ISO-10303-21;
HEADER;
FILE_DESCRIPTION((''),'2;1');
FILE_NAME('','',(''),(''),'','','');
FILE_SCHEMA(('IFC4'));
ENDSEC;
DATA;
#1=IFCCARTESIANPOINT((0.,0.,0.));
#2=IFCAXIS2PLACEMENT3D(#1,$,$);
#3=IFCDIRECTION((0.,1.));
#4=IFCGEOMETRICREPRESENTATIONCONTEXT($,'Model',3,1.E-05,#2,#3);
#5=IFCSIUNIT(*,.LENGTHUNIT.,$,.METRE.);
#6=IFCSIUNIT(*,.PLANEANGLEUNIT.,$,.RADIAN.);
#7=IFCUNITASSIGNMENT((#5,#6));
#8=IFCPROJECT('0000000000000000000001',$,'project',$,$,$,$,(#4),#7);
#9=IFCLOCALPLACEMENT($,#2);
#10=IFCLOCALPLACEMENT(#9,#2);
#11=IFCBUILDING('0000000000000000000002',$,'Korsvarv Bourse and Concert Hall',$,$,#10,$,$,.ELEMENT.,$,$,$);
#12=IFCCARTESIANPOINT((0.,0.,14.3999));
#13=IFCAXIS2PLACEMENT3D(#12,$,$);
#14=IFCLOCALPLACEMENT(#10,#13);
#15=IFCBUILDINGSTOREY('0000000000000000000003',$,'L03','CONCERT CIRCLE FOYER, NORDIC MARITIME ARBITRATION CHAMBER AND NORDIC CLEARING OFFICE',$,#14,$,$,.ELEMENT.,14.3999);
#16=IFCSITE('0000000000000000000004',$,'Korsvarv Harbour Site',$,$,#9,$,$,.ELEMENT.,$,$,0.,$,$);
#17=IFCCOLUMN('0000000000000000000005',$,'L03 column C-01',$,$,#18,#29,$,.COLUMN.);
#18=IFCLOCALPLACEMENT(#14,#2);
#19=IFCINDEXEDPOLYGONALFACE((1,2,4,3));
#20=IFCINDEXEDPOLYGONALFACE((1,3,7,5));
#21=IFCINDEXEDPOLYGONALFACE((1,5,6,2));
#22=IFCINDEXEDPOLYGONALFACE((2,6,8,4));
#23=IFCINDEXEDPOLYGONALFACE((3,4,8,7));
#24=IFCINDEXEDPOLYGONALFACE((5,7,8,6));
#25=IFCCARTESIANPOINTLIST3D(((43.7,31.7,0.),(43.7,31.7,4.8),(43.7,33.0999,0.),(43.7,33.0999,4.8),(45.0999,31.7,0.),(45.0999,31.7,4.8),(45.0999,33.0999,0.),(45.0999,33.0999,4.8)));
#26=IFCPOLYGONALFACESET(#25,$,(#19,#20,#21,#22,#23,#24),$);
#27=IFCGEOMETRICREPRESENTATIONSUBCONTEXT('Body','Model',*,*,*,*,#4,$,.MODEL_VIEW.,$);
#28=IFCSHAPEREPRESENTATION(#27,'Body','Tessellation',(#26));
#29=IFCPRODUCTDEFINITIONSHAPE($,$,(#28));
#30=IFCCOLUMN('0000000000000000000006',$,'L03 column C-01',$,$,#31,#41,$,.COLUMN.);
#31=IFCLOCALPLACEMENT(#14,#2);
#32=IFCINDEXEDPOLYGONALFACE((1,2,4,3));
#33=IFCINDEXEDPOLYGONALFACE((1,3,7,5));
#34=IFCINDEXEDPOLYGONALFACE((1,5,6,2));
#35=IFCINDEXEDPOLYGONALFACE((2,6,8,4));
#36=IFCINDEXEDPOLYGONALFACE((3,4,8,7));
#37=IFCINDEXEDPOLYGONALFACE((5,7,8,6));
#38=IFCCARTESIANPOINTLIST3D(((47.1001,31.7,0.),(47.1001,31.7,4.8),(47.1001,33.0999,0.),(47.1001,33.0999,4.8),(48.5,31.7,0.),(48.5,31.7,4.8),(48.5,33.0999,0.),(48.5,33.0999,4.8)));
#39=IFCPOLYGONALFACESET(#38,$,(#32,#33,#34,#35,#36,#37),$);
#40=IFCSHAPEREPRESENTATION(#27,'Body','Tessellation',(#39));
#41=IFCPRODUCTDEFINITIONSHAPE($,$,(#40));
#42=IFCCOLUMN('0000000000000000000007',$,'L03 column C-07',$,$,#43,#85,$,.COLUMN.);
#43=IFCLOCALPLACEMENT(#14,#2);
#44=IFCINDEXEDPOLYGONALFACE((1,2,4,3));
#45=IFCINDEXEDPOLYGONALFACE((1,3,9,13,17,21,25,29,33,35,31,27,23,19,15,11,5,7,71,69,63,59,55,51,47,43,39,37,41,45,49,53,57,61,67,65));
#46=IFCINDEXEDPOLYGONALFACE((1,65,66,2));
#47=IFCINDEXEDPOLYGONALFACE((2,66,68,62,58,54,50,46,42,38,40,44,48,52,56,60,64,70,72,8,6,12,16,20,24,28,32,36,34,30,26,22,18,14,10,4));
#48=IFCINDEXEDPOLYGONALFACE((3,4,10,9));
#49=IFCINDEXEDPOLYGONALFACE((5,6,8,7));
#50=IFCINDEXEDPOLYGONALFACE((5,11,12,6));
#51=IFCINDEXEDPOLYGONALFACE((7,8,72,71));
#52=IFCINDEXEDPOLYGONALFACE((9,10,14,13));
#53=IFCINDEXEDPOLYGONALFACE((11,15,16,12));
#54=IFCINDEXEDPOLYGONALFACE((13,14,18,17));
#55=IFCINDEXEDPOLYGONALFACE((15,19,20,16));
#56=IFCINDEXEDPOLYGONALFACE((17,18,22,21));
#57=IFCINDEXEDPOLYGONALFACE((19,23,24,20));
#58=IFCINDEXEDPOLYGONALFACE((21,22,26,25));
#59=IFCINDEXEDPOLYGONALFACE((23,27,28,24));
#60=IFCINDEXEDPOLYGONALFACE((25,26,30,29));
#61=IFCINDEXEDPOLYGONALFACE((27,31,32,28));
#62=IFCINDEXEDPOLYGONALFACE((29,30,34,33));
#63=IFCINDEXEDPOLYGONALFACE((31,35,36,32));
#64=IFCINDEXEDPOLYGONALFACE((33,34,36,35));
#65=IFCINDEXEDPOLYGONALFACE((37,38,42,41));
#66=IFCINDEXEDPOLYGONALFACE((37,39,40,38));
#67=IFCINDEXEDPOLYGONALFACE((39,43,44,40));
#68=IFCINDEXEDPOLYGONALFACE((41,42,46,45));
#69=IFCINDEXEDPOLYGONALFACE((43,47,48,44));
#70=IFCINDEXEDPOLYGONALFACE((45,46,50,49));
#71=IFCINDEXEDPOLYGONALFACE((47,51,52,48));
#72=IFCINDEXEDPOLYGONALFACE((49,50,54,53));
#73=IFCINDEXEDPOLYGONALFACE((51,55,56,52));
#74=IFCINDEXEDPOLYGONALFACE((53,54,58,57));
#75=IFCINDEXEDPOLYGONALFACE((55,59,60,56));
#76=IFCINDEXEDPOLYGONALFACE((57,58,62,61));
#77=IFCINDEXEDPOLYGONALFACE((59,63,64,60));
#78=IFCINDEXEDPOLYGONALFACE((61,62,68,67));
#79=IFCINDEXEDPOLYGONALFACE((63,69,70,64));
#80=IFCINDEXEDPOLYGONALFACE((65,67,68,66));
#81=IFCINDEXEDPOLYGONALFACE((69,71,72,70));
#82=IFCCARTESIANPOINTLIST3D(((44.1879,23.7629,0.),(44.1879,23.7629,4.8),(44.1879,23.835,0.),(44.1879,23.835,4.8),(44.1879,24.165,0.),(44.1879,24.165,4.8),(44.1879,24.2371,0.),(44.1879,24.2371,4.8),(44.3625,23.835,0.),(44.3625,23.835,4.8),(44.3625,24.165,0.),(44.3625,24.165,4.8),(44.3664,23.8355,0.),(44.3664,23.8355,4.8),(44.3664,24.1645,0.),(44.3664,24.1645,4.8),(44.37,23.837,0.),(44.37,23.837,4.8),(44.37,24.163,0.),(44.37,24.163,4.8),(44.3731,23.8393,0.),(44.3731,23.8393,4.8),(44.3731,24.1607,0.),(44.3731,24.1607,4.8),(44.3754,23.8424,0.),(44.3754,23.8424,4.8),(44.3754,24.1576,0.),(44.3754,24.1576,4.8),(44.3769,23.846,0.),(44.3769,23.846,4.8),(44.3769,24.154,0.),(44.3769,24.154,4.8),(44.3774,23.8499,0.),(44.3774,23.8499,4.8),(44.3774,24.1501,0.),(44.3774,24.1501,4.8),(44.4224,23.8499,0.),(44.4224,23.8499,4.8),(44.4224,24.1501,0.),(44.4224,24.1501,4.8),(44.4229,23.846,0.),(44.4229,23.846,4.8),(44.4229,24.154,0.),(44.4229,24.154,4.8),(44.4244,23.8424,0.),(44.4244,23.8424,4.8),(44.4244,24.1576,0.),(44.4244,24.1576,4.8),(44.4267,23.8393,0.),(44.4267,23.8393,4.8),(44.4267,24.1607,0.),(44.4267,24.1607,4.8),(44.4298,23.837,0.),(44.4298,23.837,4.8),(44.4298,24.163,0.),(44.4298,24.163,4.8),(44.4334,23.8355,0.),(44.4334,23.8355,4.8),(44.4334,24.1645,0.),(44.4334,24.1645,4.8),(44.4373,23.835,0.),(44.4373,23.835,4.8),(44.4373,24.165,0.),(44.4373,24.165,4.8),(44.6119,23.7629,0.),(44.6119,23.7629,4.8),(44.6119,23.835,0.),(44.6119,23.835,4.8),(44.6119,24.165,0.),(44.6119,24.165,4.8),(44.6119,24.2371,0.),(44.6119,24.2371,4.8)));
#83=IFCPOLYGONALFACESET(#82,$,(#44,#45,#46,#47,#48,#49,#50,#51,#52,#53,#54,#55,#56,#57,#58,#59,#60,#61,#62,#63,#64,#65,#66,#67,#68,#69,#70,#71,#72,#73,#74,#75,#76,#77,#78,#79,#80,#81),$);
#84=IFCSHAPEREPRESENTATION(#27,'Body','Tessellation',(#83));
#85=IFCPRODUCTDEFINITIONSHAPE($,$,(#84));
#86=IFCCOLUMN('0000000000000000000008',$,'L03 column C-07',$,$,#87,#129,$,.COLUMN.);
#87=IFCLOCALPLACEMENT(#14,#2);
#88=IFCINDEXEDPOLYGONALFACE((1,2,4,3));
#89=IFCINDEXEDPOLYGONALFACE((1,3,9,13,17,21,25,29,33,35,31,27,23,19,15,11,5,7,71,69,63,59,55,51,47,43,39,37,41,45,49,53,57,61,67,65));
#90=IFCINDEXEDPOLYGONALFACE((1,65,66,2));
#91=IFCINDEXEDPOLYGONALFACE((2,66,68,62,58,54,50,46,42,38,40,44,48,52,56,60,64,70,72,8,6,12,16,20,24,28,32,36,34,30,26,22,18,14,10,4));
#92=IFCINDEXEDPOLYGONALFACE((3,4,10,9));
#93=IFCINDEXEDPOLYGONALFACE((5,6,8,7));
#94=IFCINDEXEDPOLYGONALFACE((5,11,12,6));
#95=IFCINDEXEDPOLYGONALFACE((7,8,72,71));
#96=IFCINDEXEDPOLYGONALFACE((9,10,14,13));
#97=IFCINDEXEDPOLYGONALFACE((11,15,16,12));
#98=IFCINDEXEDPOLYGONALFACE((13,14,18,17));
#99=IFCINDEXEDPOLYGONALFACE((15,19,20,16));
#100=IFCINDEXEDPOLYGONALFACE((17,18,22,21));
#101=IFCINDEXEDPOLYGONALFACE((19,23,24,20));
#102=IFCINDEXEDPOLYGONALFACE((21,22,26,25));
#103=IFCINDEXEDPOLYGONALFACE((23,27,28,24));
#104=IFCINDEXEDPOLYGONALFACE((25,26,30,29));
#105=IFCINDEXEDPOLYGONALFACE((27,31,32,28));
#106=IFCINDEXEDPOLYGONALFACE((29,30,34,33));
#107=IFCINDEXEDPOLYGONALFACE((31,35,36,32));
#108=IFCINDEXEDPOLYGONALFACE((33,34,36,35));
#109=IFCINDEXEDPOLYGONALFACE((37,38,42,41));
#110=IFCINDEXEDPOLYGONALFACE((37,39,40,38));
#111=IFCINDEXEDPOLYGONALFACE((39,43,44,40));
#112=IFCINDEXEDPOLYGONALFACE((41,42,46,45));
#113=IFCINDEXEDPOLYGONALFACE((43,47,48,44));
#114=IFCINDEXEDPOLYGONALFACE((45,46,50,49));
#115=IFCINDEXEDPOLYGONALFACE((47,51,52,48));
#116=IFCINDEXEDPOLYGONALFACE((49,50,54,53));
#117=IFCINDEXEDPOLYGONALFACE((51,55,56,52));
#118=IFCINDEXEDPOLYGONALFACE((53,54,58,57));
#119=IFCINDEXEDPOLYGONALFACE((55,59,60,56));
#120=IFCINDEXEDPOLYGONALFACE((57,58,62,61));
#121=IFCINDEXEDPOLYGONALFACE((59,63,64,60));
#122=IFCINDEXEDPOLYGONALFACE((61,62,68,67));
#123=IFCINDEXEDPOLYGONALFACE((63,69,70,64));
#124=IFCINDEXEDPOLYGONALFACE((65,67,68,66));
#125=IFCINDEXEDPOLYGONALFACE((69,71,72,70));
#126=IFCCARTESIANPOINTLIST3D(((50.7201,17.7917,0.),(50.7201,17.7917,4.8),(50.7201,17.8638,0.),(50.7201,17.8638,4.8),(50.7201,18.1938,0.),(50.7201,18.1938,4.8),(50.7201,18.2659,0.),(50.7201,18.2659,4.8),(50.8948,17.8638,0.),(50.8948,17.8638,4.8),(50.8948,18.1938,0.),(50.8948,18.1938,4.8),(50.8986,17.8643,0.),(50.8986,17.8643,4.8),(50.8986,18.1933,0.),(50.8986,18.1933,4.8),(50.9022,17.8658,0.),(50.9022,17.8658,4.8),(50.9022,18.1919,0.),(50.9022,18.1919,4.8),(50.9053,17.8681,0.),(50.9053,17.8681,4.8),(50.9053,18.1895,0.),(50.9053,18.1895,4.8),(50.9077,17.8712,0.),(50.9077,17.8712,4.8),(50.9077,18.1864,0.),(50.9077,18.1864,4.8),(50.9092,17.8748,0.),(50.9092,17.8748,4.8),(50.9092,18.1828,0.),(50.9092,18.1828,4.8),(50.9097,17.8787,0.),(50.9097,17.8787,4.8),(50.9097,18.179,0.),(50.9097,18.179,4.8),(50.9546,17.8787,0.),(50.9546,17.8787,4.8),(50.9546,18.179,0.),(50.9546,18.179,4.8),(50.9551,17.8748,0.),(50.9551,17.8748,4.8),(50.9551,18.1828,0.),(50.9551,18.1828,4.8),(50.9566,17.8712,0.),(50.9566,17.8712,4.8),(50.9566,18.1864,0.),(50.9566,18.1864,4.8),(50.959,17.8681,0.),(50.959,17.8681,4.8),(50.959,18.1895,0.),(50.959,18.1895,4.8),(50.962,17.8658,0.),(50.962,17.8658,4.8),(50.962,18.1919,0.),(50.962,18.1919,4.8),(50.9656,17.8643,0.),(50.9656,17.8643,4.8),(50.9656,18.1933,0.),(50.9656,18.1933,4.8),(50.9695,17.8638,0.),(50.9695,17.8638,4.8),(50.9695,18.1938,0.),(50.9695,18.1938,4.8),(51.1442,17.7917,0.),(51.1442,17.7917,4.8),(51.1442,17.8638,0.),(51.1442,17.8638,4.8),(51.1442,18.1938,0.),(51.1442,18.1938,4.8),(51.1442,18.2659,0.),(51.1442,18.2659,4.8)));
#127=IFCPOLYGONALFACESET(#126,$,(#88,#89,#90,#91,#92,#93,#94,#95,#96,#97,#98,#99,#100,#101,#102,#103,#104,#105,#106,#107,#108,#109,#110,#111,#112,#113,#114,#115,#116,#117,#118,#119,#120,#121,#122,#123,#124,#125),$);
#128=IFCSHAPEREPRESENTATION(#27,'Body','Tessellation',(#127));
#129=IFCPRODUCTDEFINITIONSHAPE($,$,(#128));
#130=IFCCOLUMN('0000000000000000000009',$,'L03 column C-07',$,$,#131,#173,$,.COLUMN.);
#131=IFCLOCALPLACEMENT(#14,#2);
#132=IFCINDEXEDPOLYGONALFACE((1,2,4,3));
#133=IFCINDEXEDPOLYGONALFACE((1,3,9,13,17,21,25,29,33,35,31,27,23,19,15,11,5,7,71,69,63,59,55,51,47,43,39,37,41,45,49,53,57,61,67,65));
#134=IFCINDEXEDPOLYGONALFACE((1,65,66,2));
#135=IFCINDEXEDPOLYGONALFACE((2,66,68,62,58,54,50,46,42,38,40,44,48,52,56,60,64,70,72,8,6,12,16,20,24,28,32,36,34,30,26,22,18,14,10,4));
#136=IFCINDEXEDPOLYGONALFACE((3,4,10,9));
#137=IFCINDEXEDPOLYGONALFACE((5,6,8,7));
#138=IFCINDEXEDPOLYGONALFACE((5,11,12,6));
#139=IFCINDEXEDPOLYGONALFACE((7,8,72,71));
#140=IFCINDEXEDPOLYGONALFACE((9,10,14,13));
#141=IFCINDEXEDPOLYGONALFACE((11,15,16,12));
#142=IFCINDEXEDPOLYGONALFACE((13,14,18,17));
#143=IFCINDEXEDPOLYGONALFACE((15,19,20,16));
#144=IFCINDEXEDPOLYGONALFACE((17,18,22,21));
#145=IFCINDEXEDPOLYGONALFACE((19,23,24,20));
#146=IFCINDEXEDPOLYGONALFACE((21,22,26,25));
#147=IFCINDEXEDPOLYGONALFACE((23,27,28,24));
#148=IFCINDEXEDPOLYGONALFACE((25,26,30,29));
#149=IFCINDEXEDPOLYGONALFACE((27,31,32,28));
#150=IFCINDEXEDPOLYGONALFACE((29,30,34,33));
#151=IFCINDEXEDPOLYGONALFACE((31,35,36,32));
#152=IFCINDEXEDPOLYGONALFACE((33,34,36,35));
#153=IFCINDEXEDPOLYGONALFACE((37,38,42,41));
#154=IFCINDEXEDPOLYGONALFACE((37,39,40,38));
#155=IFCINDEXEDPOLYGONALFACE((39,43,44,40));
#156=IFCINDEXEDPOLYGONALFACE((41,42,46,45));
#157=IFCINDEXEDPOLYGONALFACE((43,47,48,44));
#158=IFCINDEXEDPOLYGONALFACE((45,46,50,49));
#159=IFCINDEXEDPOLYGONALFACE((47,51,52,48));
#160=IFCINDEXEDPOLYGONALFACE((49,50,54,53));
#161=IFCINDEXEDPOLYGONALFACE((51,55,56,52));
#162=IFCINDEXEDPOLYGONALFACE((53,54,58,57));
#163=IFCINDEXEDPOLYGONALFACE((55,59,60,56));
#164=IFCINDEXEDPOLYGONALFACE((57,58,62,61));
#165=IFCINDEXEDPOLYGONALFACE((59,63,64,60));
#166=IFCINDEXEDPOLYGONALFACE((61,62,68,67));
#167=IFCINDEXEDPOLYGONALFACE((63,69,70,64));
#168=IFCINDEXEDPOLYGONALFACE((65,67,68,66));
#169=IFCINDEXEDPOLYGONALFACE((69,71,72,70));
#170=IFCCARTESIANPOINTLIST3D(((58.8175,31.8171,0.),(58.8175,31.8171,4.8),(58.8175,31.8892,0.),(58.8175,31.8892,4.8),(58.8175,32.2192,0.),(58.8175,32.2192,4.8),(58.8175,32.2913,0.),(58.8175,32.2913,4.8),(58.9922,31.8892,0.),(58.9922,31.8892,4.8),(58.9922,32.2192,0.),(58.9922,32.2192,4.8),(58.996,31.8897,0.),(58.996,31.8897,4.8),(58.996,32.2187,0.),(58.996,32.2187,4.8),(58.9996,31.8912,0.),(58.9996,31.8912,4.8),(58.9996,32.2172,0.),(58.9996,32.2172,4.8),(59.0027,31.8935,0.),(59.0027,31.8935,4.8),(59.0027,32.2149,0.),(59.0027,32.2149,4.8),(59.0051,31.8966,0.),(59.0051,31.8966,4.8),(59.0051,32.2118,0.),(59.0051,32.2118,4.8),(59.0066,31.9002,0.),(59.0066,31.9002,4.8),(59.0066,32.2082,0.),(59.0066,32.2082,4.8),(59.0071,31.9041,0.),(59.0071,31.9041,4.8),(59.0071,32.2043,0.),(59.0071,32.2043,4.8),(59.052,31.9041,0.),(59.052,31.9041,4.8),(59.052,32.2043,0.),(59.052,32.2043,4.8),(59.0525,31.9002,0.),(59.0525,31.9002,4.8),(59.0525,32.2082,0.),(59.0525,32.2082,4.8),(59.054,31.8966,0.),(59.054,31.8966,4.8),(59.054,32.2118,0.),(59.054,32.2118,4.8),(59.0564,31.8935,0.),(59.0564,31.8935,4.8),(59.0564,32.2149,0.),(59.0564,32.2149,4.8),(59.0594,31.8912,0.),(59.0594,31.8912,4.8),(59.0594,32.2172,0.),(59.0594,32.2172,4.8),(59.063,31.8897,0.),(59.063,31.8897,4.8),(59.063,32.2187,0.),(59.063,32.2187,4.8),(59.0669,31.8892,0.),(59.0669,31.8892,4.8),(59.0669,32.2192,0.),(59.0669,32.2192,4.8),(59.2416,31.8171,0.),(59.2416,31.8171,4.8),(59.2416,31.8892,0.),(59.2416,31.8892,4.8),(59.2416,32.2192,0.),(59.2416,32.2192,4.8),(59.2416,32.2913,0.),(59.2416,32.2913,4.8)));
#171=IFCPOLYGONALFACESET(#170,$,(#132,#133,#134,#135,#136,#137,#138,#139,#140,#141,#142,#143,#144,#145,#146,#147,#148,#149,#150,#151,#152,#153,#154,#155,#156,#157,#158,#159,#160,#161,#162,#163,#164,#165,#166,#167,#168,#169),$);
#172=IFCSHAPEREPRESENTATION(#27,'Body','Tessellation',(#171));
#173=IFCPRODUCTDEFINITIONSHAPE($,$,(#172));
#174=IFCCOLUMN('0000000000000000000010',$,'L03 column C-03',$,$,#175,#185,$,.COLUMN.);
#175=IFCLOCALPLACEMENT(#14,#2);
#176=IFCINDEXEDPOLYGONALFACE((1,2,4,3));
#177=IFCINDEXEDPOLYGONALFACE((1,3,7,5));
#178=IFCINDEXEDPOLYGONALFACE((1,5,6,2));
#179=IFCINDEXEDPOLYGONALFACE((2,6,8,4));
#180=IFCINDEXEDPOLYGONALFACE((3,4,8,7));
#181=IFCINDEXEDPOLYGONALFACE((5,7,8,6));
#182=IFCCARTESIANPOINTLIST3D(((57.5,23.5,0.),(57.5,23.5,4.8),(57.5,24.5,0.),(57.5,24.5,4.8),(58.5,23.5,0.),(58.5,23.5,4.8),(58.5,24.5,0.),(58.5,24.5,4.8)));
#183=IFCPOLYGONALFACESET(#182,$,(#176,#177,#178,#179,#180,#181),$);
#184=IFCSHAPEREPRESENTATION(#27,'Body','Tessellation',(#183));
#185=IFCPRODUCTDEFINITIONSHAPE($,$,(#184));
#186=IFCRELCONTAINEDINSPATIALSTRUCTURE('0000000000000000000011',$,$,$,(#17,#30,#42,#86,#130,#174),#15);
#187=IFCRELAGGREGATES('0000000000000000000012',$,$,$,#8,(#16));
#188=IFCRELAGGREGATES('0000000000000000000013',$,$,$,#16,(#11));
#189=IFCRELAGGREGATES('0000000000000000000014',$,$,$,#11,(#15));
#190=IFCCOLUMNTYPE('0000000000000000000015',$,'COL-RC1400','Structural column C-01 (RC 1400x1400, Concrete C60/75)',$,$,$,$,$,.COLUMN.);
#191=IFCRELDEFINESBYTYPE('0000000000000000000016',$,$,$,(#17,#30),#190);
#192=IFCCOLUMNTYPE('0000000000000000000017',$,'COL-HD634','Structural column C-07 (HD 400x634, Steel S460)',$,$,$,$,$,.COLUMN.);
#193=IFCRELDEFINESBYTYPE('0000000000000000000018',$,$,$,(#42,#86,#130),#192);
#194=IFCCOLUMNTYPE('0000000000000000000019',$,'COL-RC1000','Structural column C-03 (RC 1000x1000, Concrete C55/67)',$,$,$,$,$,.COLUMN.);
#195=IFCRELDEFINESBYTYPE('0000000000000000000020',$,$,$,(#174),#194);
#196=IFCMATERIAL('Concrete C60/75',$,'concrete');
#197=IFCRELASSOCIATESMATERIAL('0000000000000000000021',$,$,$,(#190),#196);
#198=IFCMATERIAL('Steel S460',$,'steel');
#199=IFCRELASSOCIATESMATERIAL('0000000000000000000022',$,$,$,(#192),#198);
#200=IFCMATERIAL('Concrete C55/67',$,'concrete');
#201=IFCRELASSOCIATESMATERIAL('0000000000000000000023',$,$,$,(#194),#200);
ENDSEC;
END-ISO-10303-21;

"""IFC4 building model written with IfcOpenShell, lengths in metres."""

from ifc_helpers import new_model, si_unit, direction, frame, origin, origin_2d, place, context, subcontext, project, spatial, rectangle, i_section, extrude, source, transform, mapped, material, material_profile, profile_set, type_object, element, save


model = new_model("IFC4")

# Units and contexts
model_context = context("Model", 3, precision=1e-05, world=origin(), true_north=direction((0.0, 1.0)))
body_context = subcontext(model_context, "Body", "Model", "MODEL_VIEW")
ifc_project = project(units=[si_unit("LENGTHUNIT", "METRE"), si_unit("PLANEANGLEUNIT", "RADIAN")], contexts=[model_context])

# Site, building, storey
site_placement = place(None, origin())
site = spatial("IfcSite", under=ifc_project, at=site_placement, Name="Korsvarv Harbour Site", CompositionType="ELEMENT", RefElevation=0.0)
building_placement = place(site_placement, origin())
building = spatial("IfcBuilding", under=site, at=building_placement, Name="Korsvarv Bourse and Concert Hall", CompositionType="ELEMENT")
storey_placement = place(building_placement, frame((0.0, 0.0, 14.3999)))
storey = spatial("IfcBuildingStorey", under=building, at=storey_placement, Name="L03", Description="CONCERT CIRCLE FOYER, NORDIC MARITIME ARBITRATION CHAMBER AND NORDIC CLEARING OFFICE", CompositionType="ELEMENT", Elevation=14.3999)

# Columns
ifc_material_1 = material(Name="Concrete C60/75", Category="concrete")
ifc_material_profile_1 = material_profile(ifc_material_1, rectangle(XDim=1.3999, YDim=1.3999, at=origin_2d()), Name="RC 1400x1400")
ifc_profile_set_1 = profile_set([ifc_material_profile_1], Name="Concrete C60/75")
column_type_1 = type_object("IfcColumnType", Name="COL-RC1400", Description="Structural column C-01 (RC 1400x1400, Concrete C60/75)", PredefinedType="COLUMN", material=ifc_profile_set_1)
shared_shape_1 = source(origin(), body_context, "Body", "SweptSolid", [
    extrude(rectangle(XDim=1.3999, YDim=1.3999, at=origin_2d()), origin(), (0.0, 0.0, 1.0), 4.8),
])
for number, where, z_axis, x_axis, name in (
    (1, (44.3999, 32.3999, 0.0), (0.0, 0.0, 1.0), (1.0, 0.0, 0.0), "L03 column C-01"),
    (2, (47.8, 32.3999, 0.0), (0.0, 0.0, 1.0), (1.0, 0.0, 0.0), "L03 column C-01"),
):
    element("IfcColumn", number, at=place(storey_placement, frame(where, z_axis=z_axis, x_axis=x_axis)), inside=storey, type_object=column_type_1, Name=name, PredefinedType="COLUMN", context=body_context, shape_type="MappedRepresentation", body=[
        mapped(shared_shape_1, transform((0.0, 0.0, 0.0), scale=1.0)),
    ])
ifc_material_2 = material(Name="Steel S460", Category="steel")
ifc_material_profile_2 = material_profile(ifc_material_2, i_section(OverallWidth=0.4241, OverallDepth=0.4741, WebThickness=0.0449, FlangeThickness=0.072, FilletRadius=0.0149, at=origin_2d()), Name="HD 400x634")
ifc_profile_set_2 = profile_set([ifc_material_profile_2], Name="Steel S460")
column_type_2 = type_object("IfcColumnType", Name="COL-HD634", Description="Structural column C-07 (HD 400x634, Steel S460)", PredefinedType="COLUMN", material=ifc_profile_set_2)
shared_shape_2 = source(origin(), body_context, "Body", "SweptSolid", [
    extrude(i_section(OverallWidth=0.4241, OverallDepth=0.4741, WebThickness=0.0449, FlangeThickness=0.072, FilletRadius=0.0149, at=origin_2d()), origin(), (0.0, 0.0, 1.0), 4.8),
])
for number, where, z_axis, x_axis, name in (
    (3, (44.3999, 24.0, 0.0), (0.0, 0.0, 1.0), (1.0, 0.0, 0.0), "L03 column C-07"),
    (4, (50.9321, 18.0288, 0.0), (0.0, 0.0, 1.0), (1.0, 0.0, 0.0), "L03 column C-07"),
    (5, (59.0295, 32.0542, 0.0), (0.0, 0.0, 1.0), (1.0, 0.0, 0.0), "L03 column C-07"),
):
    element("IfcColumn", number, at=place(storey_placement, frame(where, z_axis=z_axis, x_axis=x_axis)), inside=storey, type_object=column_type_2, Name=name, PredefinedType="COLUMN", context=body_context, shape_type="MappedRepresentation", body=[
        mapped(shared_shape_2, transform((0.0, 0.0, 0.0), scale=1.0)),
    ])
ifc_material_3 = material(Name="Concrete C55/67", Category="concrete")
ifc_material_profile_3 = material_profile(ifc_material_3, rectangle(XDim=1.0, YDim=1.0, at=origin_2d()), Name="RC 1000x1000")
ifc_profile_set_3 = profile_set([ifc_material_profile_3], Name="Concrete C55/67")
column_type_3 = type_object("IfcColumnType", Name="COL-RC1000", Description="Structural column C-03 (RC 1000x1000, Concrete C55/67)", PredefinedType="COLUMN", material=ifc_profile_set_3)
shared_shape_3 = source(origin(), body_context, "Body", "SweptSolid", [
    extrude(rectangle(XDim=1.0, YDim=1.0, at=origin_2d()), origin(), (0.0, 0.0, 1.0), 4.8),
])
column_placement = place(storey_placement, frame((58.0, 24.0, 0.0), z_axis=(0.0, 0.0, 1.0), x_axis=(1.0, 0.0, 0.0)))
element("IfcColumn", 6, at=column_placement, inside=storey, type_object=column_type_3, Name="L03 column C-03", PredefinedType="COLUMN", context=body_context, shape_type="MappedRepresentation", body=[
    mapped(shared_shape_3, transform((0.0, 0.0, 0.0), scale=1.0)),
])

save(model, "model.ifc")
